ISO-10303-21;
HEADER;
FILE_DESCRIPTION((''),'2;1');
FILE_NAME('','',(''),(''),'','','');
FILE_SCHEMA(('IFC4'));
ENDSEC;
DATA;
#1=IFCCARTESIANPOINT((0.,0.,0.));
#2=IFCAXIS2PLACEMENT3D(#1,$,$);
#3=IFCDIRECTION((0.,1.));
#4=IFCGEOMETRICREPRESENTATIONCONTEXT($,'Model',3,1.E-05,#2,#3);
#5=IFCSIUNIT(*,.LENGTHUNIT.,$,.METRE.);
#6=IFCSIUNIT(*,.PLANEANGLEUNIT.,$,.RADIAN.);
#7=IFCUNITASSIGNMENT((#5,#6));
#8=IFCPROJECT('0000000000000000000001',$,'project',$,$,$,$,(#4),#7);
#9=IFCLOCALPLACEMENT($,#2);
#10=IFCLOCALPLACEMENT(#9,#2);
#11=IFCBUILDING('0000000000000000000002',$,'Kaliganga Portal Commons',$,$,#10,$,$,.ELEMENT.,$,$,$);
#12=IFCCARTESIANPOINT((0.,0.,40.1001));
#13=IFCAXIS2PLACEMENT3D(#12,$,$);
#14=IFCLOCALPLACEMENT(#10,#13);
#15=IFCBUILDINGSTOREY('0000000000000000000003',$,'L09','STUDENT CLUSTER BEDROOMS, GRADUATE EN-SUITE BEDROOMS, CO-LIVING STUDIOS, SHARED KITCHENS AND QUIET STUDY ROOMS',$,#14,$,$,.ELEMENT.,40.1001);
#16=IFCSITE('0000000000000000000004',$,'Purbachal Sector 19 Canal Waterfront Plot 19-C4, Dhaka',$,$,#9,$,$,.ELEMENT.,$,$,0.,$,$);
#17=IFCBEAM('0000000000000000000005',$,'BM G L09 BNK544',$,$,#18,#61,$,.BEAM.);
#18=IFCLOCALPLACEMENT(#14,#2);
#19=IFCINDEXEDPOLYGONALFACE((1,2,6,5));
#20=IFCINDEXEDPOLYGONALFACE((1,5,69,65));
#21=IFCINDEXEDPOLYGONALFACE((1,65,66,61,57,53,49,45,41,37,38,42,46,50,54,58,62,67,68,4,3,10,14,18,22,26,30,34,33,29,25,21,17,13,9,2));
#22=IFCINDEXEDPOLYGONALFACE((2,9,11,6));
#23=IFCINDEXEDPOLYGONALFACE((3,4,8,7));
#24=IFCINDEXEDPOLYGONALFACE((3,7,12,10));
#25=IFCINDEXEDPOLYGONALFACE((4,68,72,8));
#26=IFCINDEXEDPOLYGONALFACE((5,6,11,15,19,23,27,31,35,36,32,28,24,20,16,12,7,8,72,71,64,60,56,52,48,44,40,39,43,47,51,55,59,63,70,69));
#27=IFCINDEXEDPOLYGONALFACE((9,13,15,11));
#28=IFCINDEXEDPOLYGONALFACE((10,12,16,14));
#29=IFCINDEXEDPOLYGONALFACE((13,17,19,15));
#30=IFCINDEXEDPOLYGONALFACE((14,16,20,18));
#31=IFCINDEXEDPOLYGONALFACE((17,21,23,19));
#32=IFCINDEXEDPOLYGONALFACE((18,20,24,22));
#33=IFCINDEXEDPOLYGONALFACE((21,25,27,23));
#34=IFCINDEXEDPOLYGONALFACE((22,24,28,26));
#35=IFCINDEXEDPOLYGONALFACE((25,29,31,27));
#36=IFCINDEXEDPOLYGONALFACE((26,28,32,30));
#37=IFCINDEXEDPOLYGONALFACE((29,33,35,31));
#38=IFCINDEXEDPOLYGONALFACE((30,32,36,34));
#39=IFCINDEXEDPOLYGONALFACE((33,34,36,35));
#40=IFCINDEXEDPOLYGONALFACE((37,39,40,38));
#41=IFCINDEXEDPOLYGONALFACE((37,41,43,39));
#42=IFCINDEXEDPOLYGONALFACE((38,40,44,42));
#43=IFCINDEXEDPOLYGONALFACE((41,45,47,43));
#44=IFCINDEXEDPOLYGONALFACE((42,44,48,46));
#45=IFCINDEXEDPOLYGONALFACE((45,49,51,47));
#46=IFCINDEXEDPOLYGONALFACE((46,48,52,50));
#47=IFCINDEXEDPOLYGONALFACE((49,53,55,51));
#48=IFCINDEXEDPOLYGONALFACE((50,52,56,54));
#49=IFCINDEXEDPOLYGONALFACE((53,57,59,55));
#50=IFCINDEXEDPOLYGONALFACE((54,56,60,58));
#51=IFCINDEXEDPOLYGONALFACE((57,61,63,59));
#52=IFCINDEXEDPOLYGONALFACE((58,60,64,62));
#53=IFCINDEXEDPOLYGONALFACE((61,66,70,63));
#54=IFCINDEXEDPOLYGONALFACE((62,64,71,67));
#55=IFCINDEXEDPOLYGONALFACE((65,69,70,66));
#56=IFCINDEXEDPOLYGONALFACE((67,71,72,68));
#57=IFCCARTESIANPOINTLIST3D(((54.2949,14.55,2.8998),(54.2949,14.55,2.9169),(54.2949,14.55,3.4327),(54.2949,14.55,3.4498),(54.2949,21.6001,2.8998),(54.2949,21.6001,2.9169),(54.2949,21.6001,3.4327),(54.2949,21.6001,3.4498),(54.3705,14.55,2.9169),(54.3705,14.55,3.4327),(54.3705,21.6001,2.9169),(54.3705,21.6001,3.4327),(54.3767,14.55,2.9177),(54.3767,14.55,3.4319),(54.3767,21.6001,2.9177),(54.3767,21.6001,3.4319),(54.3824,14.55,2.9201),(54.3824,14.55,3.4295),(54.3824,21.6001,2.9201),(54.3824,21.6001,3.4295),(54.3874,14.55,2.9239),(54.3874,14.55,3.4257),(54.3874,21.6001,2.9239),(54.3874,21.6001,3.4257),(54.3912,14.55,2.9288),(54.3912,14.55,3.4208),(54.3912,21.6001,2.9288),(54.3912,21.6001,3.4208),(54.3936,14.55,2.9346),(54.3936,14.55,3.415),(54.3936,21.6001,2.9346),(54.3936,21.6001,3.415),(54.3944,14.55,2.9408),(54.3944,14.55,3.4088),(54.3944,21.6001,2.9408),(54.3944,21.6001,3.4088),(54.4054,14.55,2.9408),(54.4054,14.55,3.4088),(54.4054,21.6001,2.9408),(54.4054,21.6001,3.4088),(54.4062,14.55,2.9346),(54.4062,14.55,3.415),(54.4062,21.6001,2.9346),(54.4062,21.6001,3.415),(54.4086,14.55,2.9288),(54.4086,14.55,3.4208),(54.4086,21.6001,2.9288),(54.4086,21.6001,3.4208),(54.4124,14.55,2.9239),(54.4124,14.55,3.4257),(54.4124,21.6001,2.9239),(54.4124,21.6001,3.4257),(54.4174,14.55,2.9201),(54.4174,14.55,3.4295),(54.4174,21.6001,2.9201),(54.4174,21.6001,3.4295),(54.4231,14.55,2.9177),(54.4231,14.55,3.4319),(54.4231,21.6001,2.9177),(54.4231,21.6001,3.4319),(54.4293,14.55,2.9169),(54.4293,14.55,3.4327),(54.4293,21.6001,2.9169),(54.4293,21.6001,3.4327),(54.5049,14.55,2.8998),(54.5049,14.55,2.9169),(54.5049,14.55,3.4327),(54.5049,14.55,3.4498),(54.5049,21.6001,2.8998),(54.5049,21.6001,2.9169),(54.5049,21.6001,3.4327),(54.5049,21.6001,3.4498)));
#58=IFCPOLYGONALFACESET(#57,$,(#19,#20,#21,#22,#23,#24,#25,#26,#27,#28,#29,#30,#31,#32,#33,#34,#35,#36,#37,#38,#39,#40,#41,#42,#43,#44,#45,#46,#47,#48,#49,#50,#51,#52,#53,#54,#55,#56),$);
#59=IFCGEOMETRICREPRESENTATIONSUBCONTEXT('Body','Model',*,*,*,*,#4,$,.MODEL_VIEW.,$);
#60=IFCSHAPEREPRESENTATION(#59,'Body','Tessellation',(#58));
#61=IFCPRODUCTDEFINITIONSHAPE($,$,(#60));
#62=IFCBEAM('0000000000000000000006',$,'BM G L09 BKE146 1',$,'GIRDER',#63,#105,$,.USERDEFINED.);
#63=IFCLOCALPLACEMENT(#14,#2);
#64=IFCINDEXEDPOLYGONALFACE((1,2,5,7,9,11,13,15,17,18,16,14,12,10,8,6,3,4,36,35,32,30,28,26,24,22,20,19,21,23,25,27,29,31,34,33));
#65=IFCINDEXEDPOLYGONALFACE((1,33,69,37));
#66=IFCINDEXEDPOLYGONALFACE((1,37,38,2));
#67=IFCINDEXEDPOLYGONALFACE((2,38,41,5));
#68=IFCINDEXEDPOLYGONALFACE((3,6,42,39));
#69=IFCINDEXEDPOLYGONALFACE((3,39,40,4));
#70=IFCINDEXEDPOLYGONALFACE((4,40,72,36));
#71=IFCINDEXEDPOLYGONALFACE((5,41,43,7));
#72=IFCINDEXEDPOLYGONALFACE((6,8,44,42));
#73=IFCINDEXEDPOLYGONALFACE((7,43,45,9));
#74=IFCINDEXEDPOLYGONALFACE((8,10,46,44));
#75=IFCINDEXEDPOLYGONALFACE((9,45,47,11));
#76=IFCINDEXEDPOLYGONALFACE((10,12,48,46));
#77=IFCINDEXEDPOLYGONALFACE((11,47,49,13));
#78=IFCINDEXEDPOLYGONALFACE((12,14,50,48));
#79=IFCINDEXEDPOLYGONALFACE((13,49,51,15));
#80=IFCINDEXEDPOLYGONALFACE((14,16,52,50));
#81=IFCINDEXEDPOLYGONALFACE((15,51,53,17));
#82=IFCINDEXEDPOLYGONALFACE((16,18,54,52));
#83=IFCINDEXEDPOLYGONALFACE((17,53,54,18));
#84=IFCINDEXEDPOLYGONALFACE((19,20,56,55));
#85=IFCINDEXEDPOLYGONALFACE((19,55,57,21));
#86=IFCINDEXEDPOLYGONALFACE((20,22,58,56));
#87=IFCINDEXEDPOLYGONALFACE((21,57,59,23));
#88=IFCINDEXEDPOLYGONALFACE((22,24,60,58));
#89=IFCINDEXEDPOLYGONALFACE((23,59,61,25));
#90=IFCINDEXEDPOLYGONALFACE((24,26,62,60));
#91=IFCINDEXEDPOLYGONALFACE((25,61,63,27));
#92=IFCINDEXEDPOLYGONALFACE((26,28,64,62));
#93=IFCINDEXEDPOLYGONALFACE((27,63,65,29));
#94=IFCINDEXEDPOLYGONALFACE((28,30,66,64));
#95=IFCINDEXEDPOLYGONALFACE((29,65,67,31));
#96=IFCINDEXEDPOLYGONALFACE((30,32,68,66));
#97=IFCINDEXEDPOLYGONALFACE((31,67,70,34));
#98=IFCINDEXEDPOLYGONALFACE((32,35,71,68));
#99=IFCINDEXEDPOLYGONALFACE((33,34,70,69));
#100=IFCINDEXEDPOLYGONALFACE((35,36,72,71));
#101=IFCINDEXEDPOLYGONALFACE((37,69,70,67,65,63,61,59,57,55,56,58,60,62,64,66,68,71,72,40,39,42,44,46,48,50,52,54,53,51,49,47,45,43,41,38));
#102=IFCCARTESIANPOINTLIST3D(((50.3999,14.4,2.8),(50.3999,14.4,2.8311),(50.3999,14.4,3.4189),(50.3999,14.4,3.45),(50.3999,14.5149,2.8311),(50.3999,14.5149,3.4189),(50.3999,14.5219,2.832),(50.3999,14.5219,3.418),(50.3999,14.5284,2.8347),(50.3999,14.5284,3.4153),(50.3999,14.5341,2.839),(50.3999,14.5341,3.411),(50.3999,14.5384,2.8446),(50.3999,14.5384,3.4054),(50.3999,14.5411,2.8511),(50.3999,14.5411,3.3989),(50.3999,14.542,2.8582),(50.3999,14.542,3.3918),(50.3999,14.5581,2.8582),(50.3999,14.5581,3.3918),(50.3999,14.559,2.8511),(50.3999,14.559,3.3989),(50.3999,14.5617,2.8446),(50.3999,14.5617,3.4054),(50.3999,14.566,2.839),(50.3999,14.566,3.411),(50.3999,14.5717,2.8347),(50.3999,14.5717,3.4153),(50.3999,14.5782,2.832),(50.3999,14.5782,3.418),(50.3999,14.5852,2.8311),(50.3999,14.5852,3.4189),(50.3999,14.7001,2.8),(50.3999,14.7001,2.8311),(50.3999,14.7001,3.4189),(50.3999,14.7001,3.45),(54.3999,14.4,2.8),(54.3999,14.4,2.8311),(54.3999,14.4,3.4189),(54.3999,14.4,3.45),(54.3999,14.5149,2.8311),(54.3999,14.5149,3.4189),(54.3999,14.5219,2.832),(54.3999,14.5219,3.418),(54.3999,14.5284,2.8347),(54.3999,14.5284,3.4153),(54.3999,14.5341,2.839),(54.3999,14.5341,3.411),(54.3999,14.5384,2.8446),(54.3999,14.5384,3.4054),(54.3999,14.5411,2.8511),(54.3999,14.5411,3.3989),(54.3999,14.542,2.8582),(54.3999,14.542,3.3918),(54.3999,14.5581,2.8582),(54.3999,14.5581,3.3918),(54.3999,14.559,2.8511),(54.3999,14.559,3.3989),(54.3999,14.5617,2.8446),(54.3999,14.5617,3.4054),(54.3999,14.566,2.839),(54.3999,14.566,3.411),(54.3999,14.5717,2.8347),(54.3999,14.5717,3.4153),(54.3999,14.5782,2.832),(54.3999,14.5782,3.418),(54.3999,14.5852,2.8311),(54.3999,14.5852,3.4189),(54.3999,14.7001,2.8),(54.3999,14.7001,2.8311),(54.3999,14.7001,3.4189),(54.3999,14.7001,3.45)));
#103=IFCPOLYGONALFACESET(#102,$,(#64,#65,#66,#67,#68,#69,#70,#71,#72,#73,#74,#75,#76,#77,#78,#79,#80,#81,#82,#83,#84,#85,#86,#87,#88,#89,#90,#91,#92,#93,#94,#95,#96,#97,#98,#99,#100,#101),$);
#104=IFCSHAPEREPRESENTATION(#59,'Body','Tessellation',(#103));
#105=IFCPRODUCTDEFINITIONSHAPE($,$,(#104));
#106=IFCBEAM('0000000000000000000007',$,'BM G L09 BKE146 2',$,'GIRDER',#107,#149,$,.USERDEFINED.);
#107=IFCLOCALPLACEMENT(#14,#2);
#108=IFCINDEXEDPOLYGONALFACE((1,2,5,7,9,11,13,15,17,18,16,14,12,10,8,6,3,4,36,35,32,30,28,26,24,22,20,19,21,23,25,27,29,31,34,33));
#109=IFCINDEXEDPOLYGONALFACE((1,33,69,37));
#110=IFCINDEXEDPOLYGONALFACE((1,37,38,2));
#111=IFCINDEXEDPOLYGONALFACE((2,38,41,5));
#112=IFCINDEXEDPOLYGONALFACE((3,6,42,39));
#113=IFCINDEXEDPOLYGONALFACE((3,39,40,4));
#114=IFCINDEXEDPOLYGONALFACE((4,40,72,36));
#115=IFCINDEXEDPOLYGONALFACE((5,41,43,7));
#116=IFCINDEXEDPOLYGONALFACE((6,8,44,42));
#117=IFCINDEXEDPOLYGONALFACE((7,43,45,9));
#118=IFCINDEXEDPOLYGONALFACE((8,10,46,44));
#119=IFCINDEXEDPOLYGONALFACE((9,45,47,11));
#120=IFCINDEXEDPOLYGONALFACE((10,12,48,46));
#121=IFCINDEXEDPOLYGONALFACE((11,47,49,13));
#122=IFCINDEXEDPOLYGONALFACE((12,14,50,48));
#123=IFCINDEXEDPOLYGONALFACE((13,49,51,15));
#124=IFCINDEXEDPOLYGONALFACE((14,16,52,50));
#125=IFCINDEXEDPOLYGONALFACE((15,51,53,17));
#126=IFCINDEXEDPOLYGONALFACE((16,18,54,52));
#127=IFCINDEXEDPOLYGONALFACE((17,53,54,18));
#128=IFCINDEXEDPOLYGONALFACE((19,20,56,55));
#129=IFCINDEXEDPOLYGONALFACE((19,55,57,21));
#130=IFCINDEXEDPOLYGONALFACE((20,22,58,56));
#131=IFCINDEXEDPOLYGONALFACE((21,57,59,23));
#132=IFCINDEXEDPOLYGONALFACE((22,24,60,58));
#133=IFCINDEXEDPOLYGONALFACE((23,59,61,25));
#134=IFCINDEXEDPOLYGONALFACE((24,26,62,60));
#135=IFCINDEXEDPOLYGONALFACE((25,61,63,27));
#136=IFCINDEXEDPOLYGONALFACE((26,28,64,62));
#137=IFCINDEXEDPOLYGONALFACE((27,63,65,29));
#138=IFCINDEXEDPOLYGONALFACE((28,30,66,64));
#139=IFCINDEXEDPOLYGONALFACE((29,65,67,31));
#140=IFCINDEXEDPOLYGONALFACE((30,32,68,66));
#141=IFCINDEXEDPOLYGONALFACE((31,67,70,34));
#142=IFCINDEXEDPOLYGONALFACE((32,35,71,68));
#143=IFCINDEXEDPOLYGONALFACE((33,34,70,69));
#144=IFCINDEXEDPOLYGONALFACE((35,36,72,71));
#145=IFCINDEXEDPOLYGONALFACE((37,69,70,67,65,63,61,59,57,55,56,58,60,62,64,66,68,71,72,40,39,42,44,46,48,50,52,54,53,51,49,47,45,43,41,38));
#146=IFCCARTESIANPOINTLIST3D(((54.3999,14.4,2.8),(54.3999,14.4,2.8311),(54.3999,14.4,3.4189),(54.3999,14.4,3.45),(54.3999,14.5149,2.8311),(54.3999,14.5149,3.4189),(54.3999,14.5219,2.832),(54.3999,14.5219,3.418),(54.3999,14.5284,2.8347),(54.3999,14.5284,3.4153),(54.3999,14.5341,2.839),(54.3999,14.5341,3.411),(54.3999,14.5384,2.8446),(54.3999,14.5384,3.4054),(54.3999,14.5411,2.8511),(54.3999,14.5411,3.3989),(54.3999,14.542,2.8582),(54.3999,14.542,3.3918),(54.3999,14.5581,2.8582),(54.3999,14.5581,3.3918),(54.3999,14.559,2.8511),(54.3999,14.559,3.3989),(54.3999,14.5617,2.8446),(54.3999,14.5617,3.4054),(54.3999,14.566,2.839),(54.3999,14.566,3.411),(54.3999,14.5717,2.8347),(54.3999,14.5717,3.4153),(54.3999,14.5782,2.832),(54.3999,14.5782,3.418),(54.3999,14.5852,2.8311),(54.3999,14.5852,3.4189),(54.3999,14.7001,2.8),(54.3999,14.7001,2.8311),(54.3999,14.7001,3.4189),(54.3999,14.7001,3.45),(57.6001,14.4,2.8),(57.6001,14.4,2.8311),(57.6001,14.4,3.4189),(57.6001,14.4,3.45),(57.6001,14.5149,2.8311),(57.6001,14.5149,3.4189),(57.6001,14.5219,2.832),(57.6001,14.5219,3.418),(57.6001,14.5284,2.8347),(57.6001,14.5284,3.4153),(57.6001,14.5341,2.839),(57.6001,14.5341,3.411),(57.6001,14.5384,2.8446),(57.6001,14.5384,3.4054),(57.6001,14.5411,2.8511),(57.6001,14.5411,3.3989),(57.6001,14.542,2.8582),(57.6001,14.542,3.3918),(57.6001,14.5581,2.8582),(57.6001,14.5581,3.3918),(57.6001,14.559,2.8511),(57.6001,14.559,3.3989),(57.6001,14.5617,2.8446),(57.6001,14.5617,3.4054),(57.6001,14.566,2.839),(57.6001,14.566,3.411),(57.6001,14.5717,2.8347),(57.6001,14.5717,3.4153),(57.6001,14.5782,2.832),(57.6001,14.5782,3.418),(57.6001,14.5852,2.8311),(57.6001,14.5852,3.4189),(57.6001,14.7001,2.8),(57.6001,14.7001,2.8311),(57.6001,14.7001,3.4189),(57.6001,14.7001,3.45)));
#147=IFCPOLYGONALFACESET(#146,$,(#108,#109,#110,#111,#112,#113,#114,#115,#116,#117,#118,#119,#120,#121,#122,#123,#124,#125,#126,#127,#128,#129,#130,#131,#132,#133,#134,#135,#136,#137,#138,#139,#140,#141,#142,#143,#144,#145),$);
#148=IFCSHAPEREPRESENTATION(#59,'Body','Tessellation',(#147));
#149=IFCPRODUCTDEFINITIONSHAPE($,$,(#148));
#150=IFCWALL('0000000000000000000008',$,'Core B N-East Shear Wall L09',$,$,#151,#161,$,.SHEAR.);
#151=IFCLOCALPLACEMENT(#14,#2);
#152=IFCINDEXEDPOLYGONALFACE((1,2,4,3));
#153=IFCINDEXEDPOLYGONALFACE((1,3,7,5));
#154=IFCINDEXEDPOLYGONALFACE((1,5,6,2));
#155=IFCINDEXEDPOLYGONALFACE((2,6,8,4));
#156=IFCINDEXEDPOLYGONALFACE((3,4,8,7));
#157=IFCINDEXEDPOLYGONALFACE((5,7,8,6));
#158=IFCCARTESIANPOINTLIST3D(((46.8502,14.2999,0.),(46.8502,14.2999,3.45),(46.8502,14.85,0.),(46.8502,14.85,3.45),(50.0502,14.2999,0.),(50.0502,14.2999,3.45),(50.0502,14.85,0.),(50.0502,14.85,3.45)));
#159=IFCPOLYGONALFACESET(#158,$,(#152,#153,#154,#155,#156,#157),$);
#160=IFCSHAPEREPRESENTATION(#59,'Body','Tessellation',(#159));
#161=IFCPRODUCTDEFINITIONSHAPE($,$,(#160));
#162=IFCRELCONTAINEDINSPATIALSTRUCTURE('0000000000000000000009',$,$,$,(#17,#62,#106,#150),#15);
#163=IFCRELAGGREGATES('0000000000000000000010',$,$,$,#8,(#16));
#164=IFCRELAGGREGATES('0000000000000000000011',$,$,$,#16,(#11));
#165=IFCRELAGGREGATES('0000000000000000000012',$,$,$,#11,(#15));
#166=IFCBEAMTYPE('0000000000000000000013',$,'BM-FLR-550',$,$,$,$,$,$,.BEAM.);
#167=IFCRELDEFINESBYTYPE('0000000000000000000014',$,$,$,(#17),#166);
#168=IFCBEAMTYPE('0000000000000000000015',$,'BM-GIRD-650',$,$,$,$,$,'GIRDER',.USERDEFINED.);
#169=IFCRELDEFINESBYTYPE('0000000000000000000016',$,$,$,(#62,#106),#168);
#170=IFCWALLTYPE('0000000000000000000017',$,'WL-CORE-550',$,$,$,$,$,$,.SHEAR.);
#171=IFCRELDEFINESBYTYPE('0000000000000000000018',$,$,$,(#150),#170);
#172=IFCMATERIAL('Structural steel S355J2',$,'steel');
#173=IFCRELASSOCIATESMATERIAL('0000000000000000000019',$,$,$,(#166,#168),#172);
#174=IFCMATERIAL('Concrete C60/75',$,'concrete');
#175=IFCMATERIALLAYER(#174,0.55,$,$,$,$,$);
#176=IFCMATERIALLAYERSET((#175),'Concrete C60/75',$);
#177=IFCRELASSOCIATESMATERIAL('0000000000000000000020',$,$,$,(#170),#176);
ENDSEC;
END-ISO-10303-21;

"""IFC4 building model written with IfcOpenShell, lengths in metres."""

from ifc_helpers import new_model, si_unit, direction, frame, frame_2d, origin, origin_2d, place, context, subcontext, project, spatial, rectangle, i_section, extrude, source, transform, mapped, material, layer, layer_set, material_profile, profile_set, type_object, element, save


model = new_model("IFC4")

# Units and contexts
model_context = context("Model", 3, precision=1e-05, world=origin(), true_north=direction((0.0, 1.0)))
body_context = subcontext(model_context, "Body", "Model", "MODEL_VIEW")
ifc_project = project(units=[si_unit("LENGTHUNIT", "METRE"), si_unit("PLANEANGLEUNIT", "RADIAN")], contexts=[model_context])

# Site, building, storey
site_placement = place(None, origin())
site = spatial("IfcSite", under=ifc_project, at=site_placement, Name="Purbachal Sector 19 Canal Waterfront Plot 19-C4, Dhaka", CompositionType="ELEMENT", RefElevation=0.0)
building_placement = place(site_placement, origin())
building = spatial("IfcBuilding", under=site, at=building_placement, Name="Kaliganga Portal Commons", CompositionType="ELEMENT")
storey_placement = place(building_placement, frame((0.0, 0.0, 40.1001)))
storey = spatial("IfcBuildingStorey", under=building, at=storey_placement, Name="L09", Description="STUDENT CLUSTER BEDROOMS, GRADUATE EN-SUITE BEDROOMS, CO-LIVING STUDIOS, SHARED KITCHENS AND QUIET STUDY ROOMS", CompositionType="ELEMENT", Elevation=40.1001)

# Beams
ifc_material_1 = material(Name="Structural steel S355J2", Category="steel")
ifc_material_profile_1 = material_profile(ifc_material_1, i_section(OverallWidth=0.21, OverallDepth=0.55, WebThickness=0.011, FlangeThickness=0.0171, FilletRadius=0.0239, at=origin_2d()), Name="IPE 550")
ifc_profile_set_1 = profile_set([ifc_material_profile_1], Name="Structural steel S355J2 wide-flange")
beam_type_1 = type_object("IfcBeamType", Name="BM-FLR-550", PredefinedType="BEAM", material=ifc_profile_set_1)
shared_shape_1 = source(origin(), body_context, "Body", "SweptSolid", [
    extrude(i_section(OverallWidth=0.21, OverallDepth=0.55, WebThickness=0.011, FlangeThickness=0.0171, FilletRadius=0.0239, at=origin_2d()), origin(), (0.0, 0.0, 1.0), 7.05),
])
for number, where, z_axis, x_axis, name in (
    (1, (54.3999, 14.55, 3.1748), (0.0, 1.0, 0.0), (-1.0, 0.0, 0.0), "BM G L09 BNK544"),
):
    element("IfcBeam", number, at=place(storey_placement, frame(where, z_axis=z_axis, x_axis=x_axis)), inside=storey, type_object=beam_type_1, Name=name, PredefinedType="BEAM", context=body_context, shape_type="MappedRepresentation", body=[
        mapped(shared_shape_1, transform((0.0, 0.0, 0.0), x_axis=(1.0, 0.0, 0.0), y_axis=(0.0, 1.0, 0.0), z_axis=(0.0, 0.0, 1.0), scale=1.0)),
    ])
ifc_material_profile_2 = material_profile(ifc_material_1, i_section(OverallWidth=0.3, OverallDepth=0.6499, WebThickness=0.0161, FlangeThickness=0.031, FilletRadius=0.0271, at=origin_2d()), Name="HE 650 B")
ifc_profile_set_2 = profile_set([ifc_material_profile_2], Name="Structural steel S355J2 wide-flange")
beam_type_2 = type_object("IfcBeamType", Name="BM-GIRD-650", ElementType="GIRDER", PredefinedType="USERDEFINED", material=ifc_profile_set_2)
shared_shape_2 = source(origin(), body_context, "Body", "SweptSolid", [
    extrude(i_section(OverallWidth=0.3, OverallDepth=0.6499, WebThickness=0.0161, FlangeThickness=0.031, FilletRadius=0.0271, at=origin_2d()), origin(), (0.0, 0.0, 1.0), 4.0),
])
beam_1_placement = place(storey_placement, frame((50.3999, 14.55, 3.125), z_axis=(1.0, 0.0, 0.0), x_axis=(0.0, 1.0, 0.0)))
element("IfcBeam", 2, at=beam_1_placement, inside=storey, type_object=beam_type_2, Name="BM G L09 BKE146 1", ObjectType="GIRDER", PredefinedType="USERDEFINED", context=body_context, shape_type="MappedRepresentation", body=[
    mapped(shared_shape_2, transform((0.0, 0.0, 0.0), x_axis=(1.0, 0.0, 0.0), y_axis=(0.0, 1.0, 0.0), z_axis=(0.0, 0.0, 1.0), scale=1.0)),
])
shared_shape_3 = source(origin(), body_context, "Body", "SweptSolid", [
    extrude(i_section(OverallWidth=0.3, OverallDepth=0.6499, WebThickness=0.0161, FlangeThickness=0.031, FilletRadius=0.0271, at=origin_2d()), origin(), (0.0, 0.0, 1.0), 3.2002),
])
beam_2_placement = place(storey_placement, frame((54.3999, 14.55, 3.125), z_axis=(1.0, 0.0, 0.0), x_axis=(0.0, 1.0, 0.0)))
element("IfcBeam", 3, at=beam_2_placement, inside=storey, type_object=beam_type_2, Name="BM G L09 BKE146 2", ObjectType="GIRDER", PredefinedType="USERDEFINED", context=body_context, shape_type="MappedRepresentation", body=[
    mapped(shared_shape_3, transform((0.0, 0.0, 0.0), x_axis=(1.0, 0.0, 0.0), y_axis=(0.0, 1.0, 0.0), z_axis=(0.0, 0.0, 1.0), scale=1.0)),
])

# Wall
ifc_material_2 = material(Name="Concrete C60/75", Category="concrete")
ifc_layer_1 = layer(ifc_material_2, 0.55)
ifc_layer_set_1 = layer_set([ifc_layer_1], Name="Concrete C60/75")
wall_type_1 = type_object("IfcWallType", Name="WL-CORE-550", PredefinedType="SHEAR", material=ifc_layer_set_1)
wall_1_placement = place(storey_placement, frame((46.8501, 14.575, 0.0), z_axis=(0.0, 0.0, 1.0), x_axis=(1.0, 0.0, 0.0)))
element("IfcWall", 4, at=wall_1_placement, inside=storey, type_object=wall_type_1, Name="Core B N-East Shear Wall L09", PredefinedType="SHEAR", context=body_context, shape_type="SweptSolid", body=[
    extrude(rectangle(XDim=3.2, YDim=0.55, at=frame_2d((1.6001, 0.0))), origin(), (0.0, 0.0, 1.0), 3.45),
])

save(model, "model.ifc")
